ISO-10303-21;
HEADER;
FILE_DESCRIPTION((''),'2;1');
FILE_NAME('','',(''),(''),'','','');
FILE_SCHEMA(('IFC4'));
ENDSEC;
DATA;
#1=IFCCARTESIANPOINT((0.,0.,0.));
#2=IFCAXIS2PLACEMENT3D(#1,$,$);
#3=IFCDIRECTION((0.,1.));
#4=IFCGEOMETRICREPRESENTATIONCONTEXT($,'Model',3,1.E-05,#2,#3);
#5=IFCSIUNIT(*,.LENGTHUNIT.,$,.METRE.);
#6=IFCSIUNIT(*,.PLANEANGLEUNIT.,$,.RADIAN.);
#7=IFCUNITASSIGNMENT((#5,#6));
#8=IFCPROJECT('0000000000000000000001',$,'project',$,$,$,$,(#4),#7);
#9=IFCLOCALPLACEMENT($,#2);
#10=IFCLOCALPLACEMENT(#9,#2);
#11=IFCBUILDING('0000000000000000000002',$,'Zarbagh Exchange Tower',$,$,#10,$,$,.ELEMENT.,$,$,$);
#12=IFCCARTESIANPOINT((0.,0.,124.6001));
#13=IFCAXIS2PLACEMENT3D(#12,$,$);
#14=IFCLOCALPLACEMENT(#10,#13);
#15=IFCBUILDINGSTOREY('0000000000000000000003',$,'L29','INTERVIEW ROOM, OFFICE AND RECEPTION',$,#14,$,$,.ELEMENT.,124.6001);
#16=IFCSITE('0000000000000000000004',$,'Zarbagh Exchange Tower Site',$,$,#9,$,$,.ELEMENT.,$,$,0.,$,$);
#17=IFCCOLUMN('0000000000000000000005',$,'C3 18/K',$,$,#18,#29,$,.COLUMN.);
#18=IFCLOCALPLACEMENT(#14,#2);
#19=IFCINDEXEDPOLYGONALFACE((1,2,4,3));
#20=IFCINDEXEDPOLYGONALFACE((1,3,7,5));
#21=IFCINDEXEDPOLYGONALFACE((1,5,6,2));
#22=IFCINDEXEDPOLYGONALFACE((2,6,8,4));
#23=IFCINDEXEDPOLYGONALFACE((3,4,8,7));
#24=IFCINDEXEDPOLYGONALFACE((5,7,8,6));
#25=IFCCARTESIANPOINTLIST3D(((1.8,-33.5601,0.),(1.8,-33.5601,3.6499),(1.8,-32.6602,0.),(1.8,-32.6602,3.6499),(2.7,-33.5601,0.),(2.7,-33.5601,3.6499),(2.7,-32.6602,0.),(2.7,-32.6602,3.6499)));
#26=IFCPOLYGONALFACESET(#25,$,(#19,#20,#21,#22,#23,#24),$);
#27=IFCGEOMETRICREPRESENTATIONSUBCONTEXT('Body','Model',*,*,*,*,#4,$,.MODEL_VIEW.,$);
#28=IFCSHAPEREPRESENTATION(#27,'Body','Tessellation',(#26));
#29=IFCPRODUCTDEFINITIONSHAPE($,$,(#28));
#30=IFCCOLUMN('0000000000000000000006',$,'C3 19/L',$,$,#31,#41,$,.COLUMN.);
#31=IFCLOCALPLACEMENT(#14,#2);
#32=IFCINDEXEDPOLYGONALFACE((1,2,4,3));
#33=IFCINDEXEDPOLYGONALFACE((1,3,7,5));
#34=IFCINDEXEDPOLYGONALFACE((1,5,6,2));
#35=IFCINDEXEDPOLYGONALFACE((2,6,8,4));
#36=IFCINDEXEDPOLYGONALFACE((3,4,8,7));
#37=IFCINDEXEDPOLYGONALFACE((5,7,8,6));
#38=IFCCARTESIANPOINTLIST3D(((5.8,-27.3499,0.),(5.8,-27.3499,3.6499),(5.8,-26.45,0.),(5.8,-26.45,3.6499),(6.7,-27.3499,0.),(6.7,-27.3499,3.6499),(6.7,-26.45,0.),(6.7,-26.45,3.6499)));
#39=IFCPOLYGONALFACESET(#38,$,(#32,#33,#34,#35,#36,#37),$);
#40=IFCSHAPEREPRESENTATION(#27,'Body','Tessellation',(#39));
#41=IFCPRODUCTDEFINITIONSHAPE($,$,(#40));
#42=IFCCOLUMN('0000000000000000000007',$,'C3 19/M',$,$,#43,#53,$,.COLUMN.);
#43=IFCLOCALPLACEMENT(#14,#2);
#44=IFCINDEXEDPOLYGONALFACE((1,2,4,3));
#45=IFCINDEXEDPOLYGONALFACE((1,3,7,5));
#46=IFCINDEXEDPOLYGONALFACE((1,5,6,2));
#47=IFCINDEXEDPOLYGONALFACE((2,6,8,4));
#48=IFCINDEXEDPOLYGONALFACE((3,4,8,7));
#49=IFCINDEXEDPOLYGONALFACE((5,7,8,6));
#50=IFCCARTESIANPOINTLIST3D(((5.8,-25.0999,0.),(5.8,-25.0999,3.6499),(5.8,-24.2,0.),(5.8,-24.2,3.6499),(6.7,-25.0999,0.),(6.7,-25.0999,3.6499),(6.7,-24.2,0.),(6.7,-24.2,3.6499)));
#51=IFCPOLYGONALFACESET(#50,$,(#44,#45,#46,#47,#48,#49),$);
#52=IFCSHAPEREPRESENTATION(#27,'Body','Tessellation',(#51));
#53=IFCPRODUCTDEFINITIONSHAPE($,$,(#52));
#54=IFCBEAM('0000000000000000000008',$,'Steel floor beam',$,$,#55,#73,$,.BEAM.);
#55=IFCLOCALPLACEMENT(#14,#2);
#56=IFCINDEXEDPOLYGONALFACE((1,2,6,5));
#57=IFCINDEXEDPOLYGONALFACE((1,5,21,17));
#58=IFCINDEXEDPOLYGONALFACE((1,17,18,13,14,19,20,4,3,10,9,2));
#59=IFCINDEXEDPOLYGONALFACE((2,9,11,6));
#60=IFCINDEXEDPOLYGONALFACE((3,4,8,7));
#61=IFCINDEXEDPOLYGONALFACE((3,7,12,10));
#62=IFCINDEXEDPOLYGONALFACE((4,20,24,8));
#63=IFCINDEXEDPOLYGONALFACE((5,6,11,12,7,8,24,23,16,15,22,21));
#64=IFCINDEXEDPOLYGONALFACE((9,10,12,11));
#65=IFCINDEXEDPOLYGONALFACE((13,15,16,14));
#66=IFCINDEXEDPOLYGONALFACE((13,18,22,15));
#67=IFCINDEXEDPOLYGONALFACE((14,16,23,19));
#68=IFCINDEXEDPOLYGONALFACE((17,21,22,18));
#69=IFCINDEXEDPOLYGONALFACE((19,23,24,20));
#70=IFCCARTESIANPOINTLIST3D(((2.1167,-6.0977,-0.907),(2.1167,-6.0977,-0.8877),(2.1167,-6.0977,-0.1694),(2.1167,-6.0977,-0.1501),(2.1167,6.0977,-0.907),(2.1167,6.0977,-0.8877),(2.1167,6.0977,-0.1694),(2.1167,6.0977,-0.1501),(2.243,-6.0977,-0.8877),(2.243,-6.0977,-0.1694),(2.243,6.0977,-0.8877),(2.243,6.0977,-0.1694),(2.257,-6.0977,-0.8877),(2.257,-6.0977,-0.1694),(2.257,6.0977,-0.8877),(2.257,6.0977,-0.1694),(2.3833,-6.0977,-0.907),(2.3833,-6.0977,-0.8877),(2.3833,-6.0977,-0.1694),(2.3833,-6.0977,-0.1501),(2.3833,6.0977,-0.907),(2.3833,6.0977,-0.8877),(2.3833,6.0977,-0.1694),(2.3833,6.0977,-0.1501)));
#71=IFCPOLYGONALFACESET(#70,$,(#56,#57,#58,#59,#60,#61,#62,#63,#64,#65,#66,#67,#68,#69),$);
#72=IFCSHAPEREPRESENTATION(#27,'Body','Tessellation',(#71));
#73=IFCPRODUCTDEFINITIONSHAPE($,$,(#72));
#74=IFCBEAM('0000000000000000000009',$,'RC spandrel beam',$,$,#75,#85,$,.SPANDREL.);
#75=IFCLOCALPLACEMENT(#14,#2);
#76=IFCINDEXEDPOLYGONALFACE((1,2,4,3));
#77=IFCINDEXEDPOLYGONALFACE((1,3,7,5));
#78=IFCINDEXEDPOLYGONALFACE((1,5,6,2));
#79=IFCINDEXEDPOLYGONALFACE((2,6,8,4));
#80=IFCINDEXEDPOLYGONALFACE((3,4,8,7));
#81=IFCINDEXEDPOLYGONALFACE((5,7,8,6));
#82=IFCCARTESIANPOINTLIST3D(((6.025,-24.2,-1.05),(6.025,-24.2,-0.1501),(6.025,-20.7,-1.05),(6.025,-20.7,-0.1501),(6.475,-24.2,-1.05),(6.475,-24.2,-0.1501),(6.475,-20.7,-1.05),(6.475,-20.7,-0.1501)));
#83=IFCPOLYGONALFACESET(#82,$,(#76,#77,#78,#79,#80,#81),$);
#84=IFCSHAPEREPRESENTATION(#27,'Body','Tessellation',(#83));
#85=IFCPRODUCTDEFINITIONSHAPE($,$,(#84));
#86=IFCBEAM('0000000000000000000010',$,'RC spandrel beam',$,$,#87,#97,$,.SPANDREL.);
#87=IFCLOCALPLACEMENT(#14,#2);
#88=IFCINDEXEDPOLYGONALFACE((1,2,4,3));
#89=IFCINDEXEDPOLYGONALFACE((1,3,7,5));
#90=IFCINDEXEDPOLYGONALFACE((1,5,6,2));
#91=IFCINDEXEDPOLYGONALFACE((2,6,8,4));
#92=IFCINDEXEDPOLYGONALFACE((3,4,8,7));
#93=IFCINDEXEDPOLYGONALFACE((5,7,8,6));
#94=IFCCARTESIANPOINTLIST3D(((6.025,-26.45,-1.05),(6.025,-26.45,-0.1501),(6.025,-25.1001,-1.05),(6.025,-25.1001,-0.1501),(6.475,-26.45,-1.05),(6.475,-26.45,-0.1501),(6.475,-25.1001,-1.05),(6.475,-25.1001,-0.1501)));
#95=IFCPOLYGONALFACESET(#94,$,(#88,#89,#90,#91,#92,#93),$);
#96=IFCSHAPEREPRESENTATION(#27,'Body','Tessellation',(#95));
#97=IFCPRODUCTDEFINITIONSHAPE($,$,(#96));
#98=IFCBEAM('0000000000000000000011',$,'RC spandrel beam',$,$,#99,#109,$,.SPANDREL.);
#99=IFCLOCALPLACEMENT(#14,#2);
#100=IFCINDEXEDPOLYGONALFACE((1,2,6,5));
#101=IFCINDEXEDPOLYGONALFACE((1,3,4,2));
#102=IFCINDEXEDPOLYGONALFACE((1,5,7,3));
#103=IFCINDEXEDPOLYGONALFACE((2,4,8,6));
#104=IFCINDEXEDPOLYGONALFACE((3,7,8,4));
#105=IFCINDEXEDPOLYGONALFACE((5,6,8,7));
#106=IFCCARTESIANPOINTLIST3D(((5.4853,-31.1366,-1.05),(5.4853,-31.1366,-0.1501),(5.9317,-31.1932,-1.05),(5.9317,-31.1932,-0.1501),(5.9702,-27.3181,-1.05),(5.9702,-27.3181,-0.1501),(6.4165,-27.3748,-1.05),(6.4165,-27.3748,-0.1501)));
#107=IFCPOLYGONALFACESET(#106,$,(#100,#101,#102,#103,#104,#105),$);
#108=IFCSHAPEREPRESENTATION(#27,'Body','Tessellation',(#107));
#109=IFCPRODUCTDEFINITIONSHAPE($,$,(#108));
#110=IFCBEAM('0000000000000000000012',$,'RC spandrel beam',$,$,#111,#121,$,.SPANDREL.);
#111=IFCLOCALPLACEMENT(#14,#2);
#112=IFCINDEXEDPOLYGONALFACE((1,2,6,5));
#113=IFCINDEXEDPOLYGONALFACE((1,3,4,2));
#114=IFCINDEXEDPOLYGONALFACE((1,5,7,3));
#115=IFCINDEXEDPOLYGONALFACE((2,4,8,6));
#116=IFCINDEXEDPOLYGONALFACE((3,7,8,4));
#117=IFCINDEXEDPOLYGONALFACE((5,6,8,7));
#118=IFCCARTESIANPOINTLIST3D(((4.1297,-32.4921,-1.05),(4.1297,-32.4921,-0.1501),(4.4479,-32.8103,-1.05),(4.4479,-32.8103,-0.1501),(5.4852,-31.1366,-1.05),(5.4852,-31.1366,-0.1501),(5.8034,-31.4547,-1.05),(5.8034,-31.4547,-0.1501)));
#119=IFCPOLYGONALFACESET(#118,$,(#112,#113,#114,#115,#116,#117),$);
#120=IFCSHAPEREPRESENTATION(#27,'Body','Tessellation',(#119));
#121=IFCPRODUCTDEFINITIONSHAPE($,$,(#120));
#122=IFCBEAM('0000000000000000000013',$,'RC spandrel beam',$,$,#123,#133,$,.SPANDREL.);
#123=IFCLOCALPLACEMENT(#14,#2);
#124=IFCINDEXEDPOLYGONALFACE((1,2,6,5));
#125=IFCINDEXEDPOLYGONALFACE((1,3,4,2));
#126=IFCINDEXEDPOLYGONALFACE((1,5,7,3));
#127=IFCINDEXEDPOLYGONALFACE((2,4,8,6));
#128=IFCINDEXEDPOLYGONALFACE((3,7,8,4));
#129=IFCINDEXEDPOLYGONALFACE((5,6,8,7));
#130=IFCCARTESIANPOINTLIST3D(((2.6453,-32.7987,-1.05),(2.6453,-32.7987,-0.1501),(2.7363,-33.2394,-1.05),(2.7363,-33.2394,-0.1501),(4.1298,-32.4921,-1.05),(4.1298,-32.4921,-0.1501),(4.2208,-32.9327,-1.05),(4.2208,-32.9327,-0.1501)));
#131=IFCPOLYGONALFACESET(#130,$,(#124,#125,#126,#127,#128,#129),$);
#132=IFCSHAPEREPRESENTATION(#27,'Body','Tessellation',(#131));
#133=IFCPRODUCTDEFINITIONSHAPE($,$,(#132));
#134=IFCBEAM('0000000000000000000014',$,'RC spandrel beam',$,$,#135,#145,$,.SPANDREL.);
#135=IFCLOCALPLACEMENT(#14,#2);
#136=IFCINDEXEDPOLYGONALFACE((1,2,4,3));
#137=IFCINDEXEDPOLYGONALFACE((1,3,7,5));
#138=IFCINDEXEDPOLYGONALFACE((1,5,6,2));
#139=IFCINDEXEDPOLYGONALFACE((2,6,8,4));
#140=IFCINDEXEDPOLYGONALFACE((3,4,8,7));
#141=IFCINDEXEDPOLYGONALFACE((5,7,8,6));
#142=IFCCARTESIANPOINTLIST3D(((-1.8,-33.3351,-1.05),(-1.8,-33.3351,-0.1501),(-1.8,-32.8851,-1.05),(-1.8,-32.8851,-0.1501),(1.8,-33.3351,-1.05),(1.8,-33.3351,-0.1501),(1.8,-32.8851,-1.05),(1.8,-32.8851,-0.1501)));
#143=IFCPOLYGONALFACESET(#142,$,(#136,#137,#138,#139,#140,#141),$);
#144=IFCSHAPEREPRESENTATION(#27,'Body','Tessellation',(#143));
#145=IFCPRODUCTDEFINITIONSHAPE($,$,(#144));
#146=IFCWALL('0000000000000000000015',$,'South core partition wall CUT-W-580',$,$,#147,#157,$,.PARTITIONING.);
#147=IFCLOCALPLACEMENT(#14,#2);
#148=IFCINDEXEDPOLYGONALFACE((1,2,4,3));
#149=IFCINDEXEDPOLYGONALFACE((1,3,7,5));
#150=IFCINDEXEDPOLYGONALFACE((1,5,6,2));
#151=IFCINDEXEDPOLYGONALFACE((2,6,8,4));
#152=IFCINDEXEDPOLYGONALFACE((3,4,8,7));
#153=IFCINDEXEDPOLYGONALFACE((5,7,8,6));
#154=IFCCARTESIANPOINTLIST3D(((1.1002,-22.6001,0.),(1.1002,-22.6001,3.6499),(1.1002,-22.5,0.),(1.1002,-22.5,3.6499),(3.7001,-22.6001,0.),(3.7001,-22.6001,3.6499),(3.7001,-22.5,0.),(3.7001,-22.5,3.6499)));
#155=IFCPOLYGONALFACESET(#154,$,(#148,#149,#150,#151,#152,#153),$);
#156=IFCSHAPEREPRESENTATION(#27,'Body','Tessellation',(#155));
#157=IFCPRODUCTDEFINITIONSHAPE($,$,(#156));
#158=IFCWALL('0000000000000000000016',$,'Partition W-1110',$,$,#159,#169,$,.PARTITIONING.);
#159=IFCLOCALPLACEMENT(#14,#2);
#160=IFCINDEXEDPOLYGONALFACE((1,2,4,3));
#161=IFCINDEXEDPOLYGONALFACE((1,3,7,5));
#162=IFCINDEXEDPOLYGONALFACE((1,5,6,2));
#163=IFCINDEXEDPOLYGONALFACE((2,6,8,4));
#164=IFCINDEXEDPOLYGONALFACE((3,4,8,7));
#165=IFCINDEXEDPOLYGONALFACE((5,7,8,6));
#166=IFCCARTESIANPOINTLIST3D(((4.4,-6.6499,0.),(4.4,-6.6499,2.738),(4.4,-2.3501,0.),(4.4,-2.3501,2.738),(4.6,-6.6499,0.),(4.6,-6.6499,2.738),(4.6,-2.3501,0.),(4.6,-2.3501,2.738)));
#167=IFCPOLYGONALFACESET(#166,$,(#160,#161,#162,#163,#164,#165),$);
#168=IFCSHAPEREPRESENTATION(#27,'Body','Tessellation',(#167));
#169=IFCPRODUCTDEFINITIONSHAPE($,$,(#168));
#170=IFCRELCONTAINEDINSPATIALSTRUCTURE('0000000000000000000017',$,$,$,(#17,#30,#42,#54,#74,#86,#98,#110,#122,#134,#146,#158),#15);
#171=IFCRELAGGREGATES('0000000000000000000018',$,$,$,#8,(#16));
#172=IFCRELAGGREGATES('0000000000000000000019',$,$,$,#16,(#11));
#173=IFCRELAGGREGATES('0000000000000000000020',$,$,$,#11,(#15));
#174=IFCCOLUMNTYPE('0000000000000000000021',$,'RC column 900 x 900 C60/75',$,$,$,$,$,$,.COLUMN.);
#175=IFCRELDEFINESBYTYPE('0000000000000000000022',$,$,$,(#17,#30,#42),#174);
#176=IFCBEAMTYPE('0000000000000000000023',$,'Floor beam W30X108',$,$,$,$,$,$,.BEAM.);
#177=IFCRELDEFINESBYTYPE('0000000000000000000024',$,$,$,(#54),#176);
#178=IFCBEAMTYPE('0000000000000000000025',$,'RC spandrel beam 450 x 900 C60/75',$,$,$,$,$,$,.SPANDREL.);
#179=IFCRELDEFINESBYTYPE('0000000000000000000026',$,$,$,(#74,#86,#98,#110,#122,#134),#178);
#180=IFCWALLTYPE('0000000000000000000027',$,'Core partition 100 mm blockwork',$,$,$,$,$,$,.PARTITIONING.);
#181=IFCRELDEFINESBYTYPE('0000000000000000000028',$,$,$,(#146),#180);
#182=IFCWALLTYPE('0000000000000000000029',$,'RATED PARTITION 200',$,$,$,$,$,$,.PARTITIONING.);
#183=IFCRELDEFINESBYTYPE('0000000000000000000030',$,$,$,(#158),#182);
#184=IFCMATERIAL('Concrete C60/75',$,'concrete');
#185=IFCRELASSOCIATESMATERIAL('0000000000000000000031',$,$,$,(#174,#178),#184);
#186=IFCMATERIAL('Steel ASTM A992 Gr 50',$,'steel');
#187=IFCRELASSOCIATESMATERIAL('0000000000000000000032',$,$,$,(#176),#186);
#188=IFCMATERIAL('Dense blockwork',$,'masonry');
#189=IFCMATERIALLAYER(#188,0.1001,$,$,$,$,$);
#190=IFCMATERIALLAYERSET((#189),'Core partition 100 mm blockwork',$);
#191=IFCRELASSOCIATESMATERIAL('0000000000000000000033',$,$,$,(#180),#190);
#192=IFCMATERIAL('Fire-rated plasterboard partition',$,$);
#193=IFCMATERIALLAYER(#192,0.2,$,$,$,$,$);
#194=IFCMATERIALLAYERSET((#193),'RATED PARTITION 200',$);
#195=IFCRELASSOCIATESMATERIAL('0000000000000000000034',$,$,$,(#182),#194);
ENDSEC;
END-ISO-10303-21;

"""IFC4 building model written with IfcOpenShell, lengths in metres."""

from ifc_helpers import new_model, si_unit, direction, frame, frame_2d, origin, origin_2d, place, context, subcontext, project, spatial, rectangle, i_section, extrude, material, layer, layer_set, material_profile, profile_set, type_object, element, save


model = new_model("IFC4")

# Units and contexts
model_context = context("Model", 3, precision=1e-05, world=origin(), true_north=direction((0.0, 1.0)))
body_context = subcontext(model_context, "Body", "Model", "MODEL_VIEW")
ifc_project = project(units=[si_unit("LENGTHUNIT", "METRE"), si_unit("PLANEANGLEUNIT", "RADIAN")], contexts=[model_context])

# Site, building, storey
site_placement = place(None, origin())
site = spatial("IfcSite", under=ifc_project, at=site_placement, Name="Zarbagh Exchange Tower Site", CompositionType="ELEMENT", RefElevation=0.0)
building_placement = place(site_placement, origin())
building = spatial("IfcBuilding", under=site, at=building_placement, Name="Zarbagh Exchange Tower", CompositionType="ELEMENT")
storey_placement = place(building_placement, frame((0.0, 0.0, 124.6001)))
storey = spatial("IfcBuildingStorey", under=building, at=storey_placement, Name="L29", Description="INTERVIEW ROOM, OFFICE AND RECEPTION", CompositionType="ELEMENT", Elevation=124.6001)

# Columns
ifc_material_1 = material(Name="Concrete C60/75", Category="concrete")
ifc_material_profile_1 = material_profile(ifc_material_1, rectangle(XDim=0.8999, YDim=0.8999, at=origin_2d()), Name="RC column 900 x 900 C60/75")
ifc_profile_set_1 = profile_set([ifc_material_profile_1], Name="Concrete C60/75")
column_type = type_object("IfcColumnType", Name="RC column 900 x 900 C60/75", PredefinedType="COLUMN", material=ifc_profile_set_1)
for number, where, z_axis, x_axis, name in (
    (1, (2.25, -33.1101, 0.0), (0.0, 0.0, 1.0), (1.0, 0.0, 0.0), "C3 18/K"),
    (2, (6.25, -26.8999, 0.0), (0.0, 0.0, 1.0), (1.0, 0.0, 0.0), "C3 19/L"),
    (3, (6.25, -24.6499, 0.0), (0.0, 0.0, 1.0), (1.0, 0.0, 0.0), "C3 19/M"),
):
    element("IfcColumn", number, at=place(storey_placement, frame(where, z_axis=z_axis, x_axis=x_axis)), inside=storey, type_object=column_type, Name=name, PredefinedType="COLUMN", context=body_context, shape_type="SweptSolid", body=[
        extrude(rectangle(XDim=0.8999, YDim=0.8999, at=origin_2d()), origin(), (0.0, 0.0, 1.0), 3.6499),
    ])

# Beams
ifc_material_2 = material(Name="Steel ASTM A992 Gr 50", Category="steel")
ifc_material_profile_2 = material_profile(ifc_material_2, i_section(OverallWidth=0.2666, OverallDepth=0.7568, WebThickness=0.0139, FlangeThickness=0.0193, at=origin_2d()), Name="W30X108")
ifc_profile_set_2 = profile_set([ifc_material_profile_2], Name="Steel ASTM A992 Gr 50")
beam_type_1 = type_object("IfcBeamType", Name="Floor beam W30X108", PredefinedType="BEAM", material=ifc_profile_set_2)
beam_1_placement = place(storey_placement, frame((2.25, -6.0977, -0.5286), z_axis=(0.0, 1.0, 0.0), x_axis=(-1.0, 0.0, 0.0)))
element("IfcBeam", 4, at=beam_1_placement, inside=storey, type_object=beam_type_1, Name="Steel floor beam", PredefinedType="BEAM", context=body_context, shape_type="SweptSolid", body=[
    extrude(i_section(OverallWidth=0.2666, OverallDepth=0.7568, WebThickness=0.0139, FlangeThickness=0.0193, at=origin_2d()), origin(), (0.0, 0.0, 1.0), 12.1953),
])
ifc_material_profile_3 = material_profile(ifc_material_1, rectangle(XDim=0.45, YDim=0.8999, at=origin_2d()), Name="RC spandrel beam 450 x 900 C60/75")
ifc_profile_set_3 = profile_set([ifc_material_profile_3], Name="Concrete C60/75")
beam_type_2 = type_object("IfcBeamType", Name="RC spandrel beam 450 x 900 C60/75", PredefinedType="SPANDREL", material=ifc_profile_set_3)
beam_2_placement = place(storey_placement, frame((6.25, -20.7, -0.6001), z_axis=(0.0, -1.0, 0.0), x_axis=(1.0, 0.0, 0.0)))
element("IfcBeam", 5, at=beam_2_placement, inside=storey, type_object=beam_type_2, Name="RC spandrel beam", PredefinedType="SPANDREL", context=body_context, shape_type="SweptSolid", body=[
    extrude(rectangle(XDim=0.45, YDim=0.8999, at=origin_2d()), origin(), (0.0, 0.0, 1.0), 3.5),
])
beam_3_placement = place(storey_placement, frame((6.25, -25.1001, -0.6001), z_axis=(0.0, -1.0, 0.0), x_axis=(1.0, 0.0, 0.0)))
element("IfcBeam", 6, at=beam_3_placement, inside=storey, type_object=beam_type_2, Name="RC spandrel beam", PredefinedType="SPANDREL", context=body_context, shape_type="SweptSolid", body=[
    extrude(rectangle(XDim=0.45, YDim=0.8999, at=origin_2d()), origin(), (0.0, 0.0, 1.0), 1.3499),
])
beam_4_placement = place(storey_placement, frame((6.1934, -27.3464, -0.6001), z_axis=(-0.125971, -0.992034, 0.0), x_axis=(0.992034, -0.125971, 0.0)))
element("IfcBeam", 7, at=beam_4_placement, inside=storey, type_object=beam_type_2, Name="RC spandrel beam", PredefinedType="SPANDREL", context=body_context, shape_type="SweptSolid", body=[
    extrude(rectangle(XDim=0.45, YDim=0.8999, at=origin_2d()), origin(), (0.0, 0.0, 1.0), 3.8491),
])
beam_5_placement = place(storey_placement, frame((5.6443, -31.2957, -0.6001), z_axis=(-0.707107, -0.707107, 0.0), x_axis=(0.707107, -0.707107, 0.0)))
element("IfcBeam", 8, at=beam_5_placement, inside=storey, type_object=beam_type_2, Name="RC spandrel beam", PredefinedType="SPANDREL", context=body_context, shape_type="SweptSolid", body=[
    extrude(rectangle(XDim=0.45, YDim=0.8999, at=origin_2d()), origin(), (0.0, 0.0, 1.0), 1.917),
])
beam_6_placement = place(storey_placement, frame((4.1753, -32.7124, -0.6001), z_axis=(-0.979329, -0.202275, 0.0), x_axis=(0.202275, -0.979329, 0.0)))
element("IfcBeam", 9, at=beam_6_placement, inside=storey, type_object=beam_type_2, Name="RC spandrel beam", PredefinedType="SPANDREL", context=body_context, shape_type="SweptSolid", body=[
    extrude(rectangle(XDim=0.45, YDim=0.8999, at=origin_2d()), origin(), (0.0, 0.0, 1.0), 1.5159),
])
beam_7_placement = place(storey_placement, frame((1.8, -33.1101, -0.6001), z_axis=(-1.0, 0.0, 0.0), x_axis=(0.0, -1.0, 0.0)))
element("IfcBeam", 10, at=beam_7_placement, inside=storey, type_object=beam_type_2, Name="RC spandrel beam", PredefinedType="SPANDREL", context=body_context, shape_type="SweptSolid", body=[
    extrude(rectangle(XDim=0.45, YDim=0.8999, at=origin_2d()), origin(), (0.0, 0.0, 1.0), 3.6001),
])

# Walls
ifc_material_3 = material(Name="Dense blockwork", Category="masonry")
ifc_layer_1 = layer(ifc_material_3, 0.1001)
ifc_layer_set_1 = layer_set([ifc_layer_1], Name="Core partition 100 mm blockwork")
wall_type_1 = type_object("IfcWallType", Name="Core partition 100 mm blockwork", PredefinedType="PARTITIONING", material=ifc_layer_set_1)
wall_1_placement = place(storey_placement, frame((3.7, -22.55, 0.0), z_axis=(0.0, 0.0, 1.0), x_axis=(-1.0, 0.0, 0.0)))
element("IfcWall", 11, at=wall_1_placement, inside=storey, type_object=wall_type_1, Name="South core partition wall CUT-W-580", PredefinedType="PARTITIONING", context=body_context, shape_type="SweptSolid", body=[
    extrude(rectangle(XDim=2.5999, YDim=0.1001, at=frame_2d((1.2998, 0.0))), origin(), (0.0, 0.0, 1.0), 3.6499),
])
ifc_material_4 = material(Name="Fire-rated plasterboard partition")
ifc_layer_2 = layer(ifc_material_4, 0.2)
ifc_layer_set_2 = layer_set([ifc_layer_2], Name="RATED PARTITION 200")
wall_type_2 = type_object("IfcWallType", Name="RATED PARTITION 200", PredefinedType="PARTITIONING", material=ifc_layer_set_2)
wall_2_placement = place(storey_placement, frame((4.5, -6.6499, 0.0), z_axis=(0.0, 0.0, 1.0), x_axis=(0.0, 1.0, 0.0)))
element("IfcWall", 12, at=wall_2_placement, inside=storey, type_object=wall_type_2, Name="Partition W-1110", PredefinedType="PARTITIONING", context=body_context, shape_type="SweptSolid", body=[
    extrude(rectangle(XDim=4.2998, YDim=0.2, at=frame_2d((2.1499, 0.0))), origin(), (0.0, 0.0, 1.0), 2.738),
])

save(model, "model.ifc")
